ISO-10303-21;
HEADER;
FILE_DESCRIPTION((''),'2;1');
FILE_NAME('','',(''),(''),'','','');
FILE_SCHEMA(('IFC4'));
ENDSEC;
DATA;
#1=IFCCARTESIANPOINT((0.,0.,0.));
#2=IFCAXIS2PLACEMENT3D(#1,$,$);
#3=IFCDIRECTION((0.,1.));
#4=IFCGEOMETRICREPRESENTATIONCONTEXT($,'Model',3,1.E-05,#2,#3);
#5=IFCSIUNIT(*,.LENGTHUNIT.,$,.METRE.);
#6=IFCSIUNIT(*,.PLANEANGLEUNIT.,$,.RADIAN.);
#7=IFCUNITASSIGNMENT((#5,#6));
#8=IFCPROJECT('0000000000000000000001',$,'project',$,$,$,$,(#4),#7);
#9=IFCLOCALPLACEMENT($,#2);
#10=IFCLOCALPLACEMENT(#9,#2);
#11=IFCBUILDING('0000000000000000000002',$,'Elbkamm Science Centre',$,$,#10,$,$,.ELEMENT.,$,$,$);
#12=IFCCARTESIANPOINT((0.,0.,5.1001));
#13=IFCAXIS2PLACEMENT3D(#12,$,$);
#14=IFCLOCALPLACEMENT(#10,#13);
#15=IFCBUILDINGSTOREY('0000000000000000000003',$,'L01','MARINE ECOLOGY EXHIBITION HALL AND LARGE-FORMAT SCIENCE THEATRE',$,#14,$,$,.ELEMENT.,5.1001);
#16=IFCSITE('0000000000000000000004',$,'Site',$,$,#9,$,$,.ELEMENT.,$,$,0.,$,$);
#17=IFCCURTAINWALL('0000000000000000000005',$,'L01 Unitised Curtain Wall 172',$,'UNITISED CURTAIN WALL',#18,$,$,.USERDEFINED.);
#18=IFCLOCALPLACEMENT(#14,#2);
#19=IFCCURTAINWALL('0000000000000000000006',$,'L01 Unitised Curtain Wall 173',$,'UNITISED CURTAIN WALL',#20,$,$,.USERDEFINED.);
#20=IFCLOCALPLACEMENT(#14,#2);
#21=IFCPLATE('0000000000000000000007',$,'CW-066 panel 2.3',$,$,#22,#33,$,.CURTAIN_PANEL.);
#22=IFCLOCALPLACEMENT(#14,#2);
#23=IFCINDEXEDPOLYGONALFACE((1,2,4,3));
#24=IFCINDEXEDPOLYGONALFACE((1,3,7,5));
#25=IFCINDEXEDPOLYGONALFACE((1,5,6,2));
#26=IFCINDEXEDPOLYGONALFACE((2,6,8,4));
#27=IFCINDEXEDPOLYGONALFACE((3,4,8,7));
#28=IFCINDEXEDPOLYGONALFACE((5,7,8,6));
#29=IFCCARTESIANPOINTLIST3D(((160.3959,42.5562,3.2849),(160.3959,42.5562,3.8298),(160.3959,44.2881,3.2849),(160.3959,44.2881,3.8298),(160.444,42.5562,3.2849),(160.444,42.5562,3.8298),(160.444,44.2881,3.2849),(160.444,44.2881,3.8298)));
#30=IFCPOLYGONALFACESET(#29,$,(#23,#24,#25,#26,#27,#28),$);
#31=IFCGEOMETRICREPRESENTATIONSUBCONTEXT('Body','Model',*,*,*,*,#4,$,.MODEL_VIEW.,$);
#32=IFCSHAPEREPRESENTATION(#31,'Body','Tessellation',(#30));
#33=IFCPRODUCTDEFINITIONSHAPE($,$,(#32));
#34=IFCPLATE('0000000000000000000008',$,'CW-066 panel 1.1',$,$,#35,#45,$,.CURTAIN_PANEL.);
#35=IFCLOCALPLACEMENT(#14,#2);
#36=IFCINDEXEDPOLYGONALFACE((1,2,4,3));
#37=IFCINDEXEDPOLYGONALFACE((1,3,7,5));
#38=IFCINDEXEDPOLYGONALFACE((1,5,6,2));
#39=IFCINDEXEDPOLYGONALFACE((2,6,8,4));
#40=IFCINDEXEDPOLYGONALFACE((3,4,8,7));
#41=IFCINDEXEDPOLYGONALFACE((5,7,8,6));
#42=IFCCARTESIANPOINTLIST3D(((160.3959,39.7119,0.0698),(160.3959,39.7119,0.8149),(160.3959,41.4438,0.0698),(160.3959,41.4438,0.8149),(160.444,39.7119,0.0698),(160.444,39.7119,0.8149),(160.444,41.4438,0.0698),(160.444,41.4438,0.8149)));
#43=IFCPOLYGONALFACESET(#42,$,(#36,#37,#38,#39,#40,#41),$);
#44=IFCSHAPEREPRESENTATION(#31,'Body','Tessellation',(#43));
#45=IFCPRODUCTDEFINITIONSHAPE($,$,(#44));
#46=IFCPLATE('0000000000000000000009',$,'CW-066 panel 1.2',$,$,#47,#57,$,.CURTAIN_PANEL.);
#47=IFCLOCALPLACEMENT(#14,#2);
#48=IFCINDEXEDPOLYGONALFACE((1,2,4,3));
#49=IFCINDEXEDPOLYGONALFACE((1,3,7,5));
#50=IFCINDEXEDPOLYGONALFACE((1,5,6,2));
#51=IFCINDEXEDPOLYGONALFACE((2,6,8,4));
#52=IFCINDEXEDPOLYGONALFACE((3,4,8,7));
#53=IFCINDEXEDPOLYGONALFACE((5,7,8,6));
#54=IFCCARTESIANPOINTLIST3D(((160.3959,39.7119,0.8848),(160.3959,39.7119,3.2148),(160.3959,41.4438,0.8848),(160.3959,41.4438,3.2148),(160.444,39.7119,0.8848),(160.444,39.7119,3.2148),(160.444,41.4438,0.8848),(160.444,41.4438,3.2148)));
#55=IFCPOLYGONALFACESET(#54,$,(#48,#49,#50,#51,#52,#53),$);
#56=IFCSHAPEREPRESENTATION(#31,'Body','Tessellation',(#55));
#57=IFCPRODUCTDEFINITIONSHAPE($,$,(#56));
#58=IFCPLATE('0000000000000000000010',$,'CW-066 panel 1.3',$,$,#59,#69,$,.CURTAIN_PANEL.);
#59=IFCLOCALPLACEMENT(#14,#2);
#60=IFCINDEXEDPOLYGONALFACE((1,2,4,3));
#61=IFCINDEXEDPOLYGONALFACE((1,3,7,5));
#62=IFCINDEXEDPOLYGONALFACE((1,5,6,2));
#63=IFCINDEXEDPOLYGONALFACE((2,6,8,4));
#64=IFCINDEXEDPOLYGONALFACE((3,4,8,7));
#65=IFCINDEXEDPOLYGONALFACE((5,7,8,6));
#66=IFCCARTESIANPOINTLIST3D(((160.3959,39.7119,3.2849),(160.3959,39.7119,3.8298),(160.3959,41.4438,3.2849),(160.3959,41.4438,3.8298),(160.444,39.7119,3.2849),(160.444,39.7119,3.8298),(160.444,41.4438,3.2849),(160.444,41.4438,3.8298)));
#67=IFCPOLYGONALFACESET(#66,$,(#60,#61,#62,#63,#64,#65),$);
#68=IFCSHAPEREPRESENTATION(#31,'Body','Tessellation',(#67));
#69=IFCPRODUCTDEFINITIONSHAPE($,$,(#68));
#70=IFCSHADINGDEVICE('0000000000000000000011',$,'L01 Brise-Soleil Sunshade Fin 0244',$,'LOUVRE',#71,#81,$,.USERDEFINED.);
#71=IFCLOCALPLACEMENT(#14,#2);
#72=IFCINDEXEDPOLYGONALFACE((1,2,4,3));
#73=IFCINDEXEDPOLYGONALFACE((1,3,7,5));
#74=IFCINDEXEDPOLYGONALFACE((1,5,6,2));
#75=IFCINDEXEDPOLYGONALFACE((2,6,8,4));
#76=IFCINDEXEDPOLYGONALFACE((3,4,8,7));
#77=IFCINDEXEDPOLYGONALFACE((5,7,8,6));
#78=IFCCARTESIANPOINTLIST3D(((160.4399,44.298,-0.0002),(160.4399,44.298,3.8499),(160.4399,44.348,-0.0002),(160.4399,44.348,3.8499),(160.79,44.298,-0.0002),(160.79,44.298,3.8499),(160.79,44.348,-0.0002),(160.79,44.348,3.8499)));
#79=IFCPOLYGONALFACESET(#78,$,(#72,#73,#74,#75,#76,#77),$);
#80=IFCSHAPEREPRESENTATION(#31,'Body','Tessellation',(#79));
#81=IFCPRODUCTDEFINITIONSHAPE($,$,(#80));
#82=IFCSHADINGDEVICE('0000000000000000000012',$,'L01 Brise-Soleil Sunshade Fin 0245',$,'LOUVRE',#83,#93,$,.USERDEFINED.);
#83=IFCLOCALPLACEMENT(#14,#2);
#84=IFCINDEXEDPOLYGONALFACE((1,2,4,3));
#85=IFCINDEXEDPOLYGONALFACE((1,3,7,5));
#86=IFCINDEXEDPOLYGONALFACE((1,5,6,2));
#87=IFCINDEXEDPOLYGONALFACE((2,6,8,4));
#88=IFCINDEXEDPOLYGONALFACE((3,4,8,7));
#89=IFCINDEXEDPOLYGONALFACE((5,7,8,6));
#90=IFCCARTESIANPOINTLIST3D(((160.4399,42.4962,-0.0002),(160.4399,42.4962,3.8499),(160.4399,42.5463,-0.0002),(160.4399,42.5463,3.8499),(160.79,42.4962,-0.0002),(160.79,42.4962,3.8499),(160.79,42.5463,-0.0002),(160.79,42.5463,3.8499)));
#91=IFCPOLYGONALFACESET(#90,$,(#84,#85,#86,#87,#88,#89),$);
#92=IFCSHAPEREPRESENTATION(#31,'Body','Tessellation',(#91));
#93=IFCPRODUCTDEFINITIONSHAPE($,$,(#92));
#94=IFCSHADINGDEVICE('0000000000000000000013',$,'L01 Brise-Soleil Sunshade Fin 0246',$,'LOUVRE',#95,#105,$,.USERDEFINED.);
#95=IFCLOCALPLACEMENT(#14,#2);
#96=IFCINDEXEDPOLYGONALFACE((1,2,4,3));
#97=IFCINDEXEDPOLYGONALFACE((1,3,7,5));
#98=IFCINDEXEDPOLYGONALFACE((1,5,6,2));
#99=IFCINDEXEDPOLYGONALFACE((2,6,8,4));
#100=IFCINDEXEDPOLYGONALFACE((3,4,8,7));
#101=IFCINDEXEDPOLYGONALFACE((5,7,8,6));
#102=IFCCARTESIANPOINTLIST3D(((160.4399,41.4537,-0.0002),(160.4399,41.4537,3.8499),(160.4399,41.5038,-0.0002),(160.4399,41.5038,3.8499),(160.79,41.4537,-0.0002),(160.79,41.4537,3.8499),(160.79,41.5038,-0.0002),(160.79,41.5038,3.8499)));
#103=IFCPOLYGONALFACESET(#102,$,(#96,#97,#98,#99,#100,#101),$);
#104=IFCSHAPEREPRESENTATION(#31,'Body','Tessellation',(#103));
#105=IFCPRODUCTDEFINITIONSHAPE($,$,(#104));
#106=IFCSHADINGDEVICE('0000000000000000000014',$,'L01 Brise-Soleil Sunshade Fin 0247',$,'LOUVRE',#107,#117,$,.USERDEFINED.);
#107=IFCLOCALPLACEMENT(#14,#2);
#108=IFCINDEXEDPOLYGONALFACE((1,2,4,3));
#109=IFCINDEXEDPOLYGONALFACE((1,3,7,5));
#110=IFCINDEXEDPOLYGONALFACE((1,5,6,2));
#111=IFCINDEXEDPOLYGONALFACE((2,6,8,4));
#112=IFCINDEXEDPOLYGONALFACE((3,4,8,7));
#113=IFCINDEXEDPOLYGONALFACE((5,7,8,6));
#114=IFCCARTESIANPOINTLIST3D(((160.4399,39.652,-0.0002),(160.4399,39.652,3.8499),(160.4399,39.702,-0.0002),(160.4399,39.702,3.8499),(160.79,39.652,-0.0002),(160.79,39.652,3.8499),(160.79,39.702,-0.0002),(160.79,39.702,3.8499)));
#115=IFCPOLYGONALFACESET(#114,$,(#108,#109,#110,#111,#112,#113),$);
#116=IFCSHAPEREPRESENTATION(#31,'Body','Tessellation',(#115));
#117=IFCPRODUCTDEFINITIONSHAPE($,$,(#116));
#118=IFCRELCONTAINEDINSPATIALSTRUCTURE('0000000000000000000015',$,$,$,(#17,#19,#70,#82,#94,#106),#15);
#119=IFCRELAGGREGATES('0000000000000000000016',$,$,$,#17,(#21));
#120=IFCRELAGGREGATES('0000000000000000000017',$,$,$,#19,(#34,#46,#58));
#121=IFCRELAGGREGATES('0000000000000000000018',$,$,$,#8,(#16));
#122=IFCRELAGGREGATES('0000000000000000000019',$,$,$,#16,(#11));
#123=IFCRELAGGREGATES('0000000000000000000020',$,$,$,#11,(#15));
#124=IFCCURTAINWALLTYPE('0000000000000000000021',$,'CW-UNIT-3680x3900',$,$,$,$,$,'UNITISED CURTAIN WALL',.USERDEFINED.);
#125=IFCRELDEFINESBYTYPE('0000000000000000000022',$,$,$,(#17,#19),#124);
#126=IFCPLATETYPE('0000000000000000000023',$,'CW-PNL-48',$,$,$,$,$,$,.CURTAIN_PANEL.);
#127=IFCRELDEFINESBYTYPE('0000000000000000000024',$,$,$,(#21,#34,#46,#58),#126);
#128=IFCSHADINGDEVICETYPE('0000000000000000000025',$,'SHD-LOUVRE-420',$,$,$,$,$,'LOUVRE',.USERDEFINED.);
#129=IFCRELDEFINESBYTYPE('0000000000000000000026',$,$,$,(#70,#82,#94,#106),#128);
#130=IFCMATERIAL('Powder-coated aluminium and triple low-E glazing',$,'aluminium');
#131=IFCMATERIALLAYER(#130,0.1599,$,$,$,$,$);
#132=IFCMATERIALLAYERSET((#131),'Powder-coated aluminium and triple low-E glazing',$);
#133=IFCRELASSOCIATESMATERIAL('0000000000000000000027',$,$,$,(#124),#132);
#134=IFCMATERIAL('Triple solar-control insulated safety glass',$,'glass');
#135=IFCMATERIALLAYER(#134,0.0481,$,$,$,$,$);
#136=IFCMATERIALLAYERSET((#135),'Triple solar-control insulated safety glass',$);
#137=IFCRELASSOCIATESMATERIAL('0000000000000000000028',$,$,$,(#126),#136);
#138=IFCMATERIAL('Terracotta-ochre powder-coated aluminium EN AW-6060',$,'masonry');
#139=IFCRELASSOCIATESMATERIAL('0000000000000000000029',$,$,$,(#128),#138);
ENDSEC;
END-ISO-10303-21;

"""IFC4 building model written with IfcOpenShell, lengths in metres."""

from ifc_helpers import new_model, si_unit, direction, frame, origin, origin_2d, place, context, subcontext, project, spatial, rectangle, extrude, material, layer, layer_set, type_object, element, aggregate, save


model = new_model("IFC4")

# Units and contexts
model_context = context("Model", 3, precision=1e-05, world=origin(), true_north=direction((0.0, 1.0)))
body_context = subcontext(model_context, "Body", "Model", "MODEL_VIEW")
ifc_project = project(units=[si_unit("LENGTHUNIT", "METRE"), si_unit("PLANEANGLEUNIT", "RADIAN")], contexts=[model_context])

# Site, building, storey
site_placement = place(None, origin())
site = spatial("IfcSite", under=ifc_project, at=site_placement, Name="Site", CompositionType="ELEMENT", RefElevation=0.0)
building_placement = place(site_placement, origin())
building = spatial("IfcBuilding", under=site, at=building_placement, Name="Elbkamm Science Centre", CompositionType="ELEMENT")
storey_placement = place(building_placement, frame((0.0, 0.0, 5.1001)))
storey = spatial("IfcBuildingStorey", under=building, at=storey_placement, Name="L01", Description="MARINE ECOLOGY EXHIBITION HALL AND LARGE-FORMAT SCIENCE THEATRE", CompositionType="ELEMENT", Elevation=5.1001)

# Curtain wall
ifc_material_1 = material(Name="Powder-coated aluminium and triple low-E glazing", Category="aluminium")
ifc_layer_1 = layer(ifc_material_1, 0.1599)
ifc_layer_set_1 = layer_set([ifc_layer_1], Name="Powder-coated aluminium and triple low-E glazing")
curtain_wall_type = type_object("IfcCurtainWallType", Name="CW-UNIT-3680x3900", ElementType="UNITISED CURTAIN WALL", PredefinedType="USERDEFINED", material=ifc_layer_set_1)
curtain_wall_1_placement = place(storey_placement, origin())
curtain_wall_1 = element("IfcCurtainWall", 1, at=curtain_wall_1_placement, inside=storey, type_object=curtain_wall_type, Name="L01 Unitised Curtain Wall 172", ObjectType="UNITISED CURTAIN WALL", PredefinedType="USERDEFINED")

# Curtain wall
curtain_wall_2_placement = place(storey_placement, origin())
curtain_wall_2 = element("IfcCurtainWall", 2, at=curtain_wall_2_placement, inside=storey, type_object=curtain_wall_type, Name="L01 Unitised Curtain Wall 173", ObjectType="UNITISED CURTAIN WALL", PredefinedType="USERDEFINED")

# Plates
ifc_material_2 = material(Name="Triple solar-control insulated safety glass", Category="glass")
ifc_layer_2 = layer(ifc_material_2, 0.0481)
ifc_layer_set_2 = layer_set([ifc_layer_2], Name="Triple solar-control insulated safety glass")
plate_type = type_object("IfcPlateType", Name="CW-PNL-48", PredefinedType="CURTAIN_PANEL", material=ifc_layer_set_2)
plate_1_placement = place(storey_placement, frame((160.4199, 43.4221, 3.2849), z_axis=(0.0, 0.0, 1.0), x_axis=(0.0, -1.0, 0.0)))
plate_1 = element("IfcPlate", 3, at=plate_1_placement, type_object=plate_type, Name="CW-066 panel 2.3", PredefinedType="CURTAIN_PANEL", context=body_context, shape_type="SweptSolid", body=[
    extrude(rectangle(XDim=1.7319, YDim=0.0481, at=origin_2d()), origin(), (0.0, 0.0, 1.0), 0.5449),
])
aggregate(curtain_wall_1, [plate_1])
plate_2_placement = place(storey_placement, frame((160.4199, 40.5779, 0.0698), z_axis=(0.0, 0.0, 1.0), x_axis=(0.0, -1.0, 0.0)))
plate_2 = element("IfcPlate", 4, at=plate_2_placement, type_object=plate_type, Name="CW-066 panel 1.1", PredefinedType="CURTAIN_PANEL", context=body_context, shape_type="SweptSolid", body=[
    extrude(rectangle(XDim=1.7319, YDim=0.0481, at=origin_2d()), origin(), (0.0, 0.0, 1.0), 0.7451),
])
plate_3_placement = place(storey_placement, frame((160.4199, 40.5779, 0.8848), z_axis=(0.0, 0.0, 1.0), x_axis=(0.0, -1.0, 0.0)))
plate_3 = element("IfcPlate", 5, at=plate_3_placement, type_object=plate_type, Name="CW-066 panel 1.2", PredefinedType="CURTAIN_PANEL", context=body_context, shape_type="SweptSolid", body=[
    extrude(rectangle(XDim=1.7319, YDim=0.0481, at=origin_2d()), origin(), (0.0, 0.0, 1.0), 2.3301),
])
plate_4_placement = place(storey_placement, frame((160.4199, 40.5779, 3.2849), z_axis=(0.0, 0.0, 1.0), x_axis=(0.0, -1.0, 0.0)))
plate_4 = element("IfcPlate", 6, at=plate_4_placement, type_object=plate_type, Name="CW-066 panel 1.3", PredefinedType="CURTAIN_PANEL", context=body_context, shape_type="SweptSolid", body=[
    extrude(rectangle(XDim=1.7319, YDim=0.0481, at=origin_2d()), origin(), (0.0, 0.0, 1.0), 0.5449),
])
aggregate(curtain_wall_2, [plate_2, plate_3, plate_4])

# Shading devices
ifc_material_3 = material(Name="Terracotta-ochre powder-coated aluminium EN AW-6060", Category="masonry")
shading_device_type = type_object("IfcShadingDeviceType", Name="SHD-LOUVRE-420", ElementType="LOUVRE", PredefinedType="USERDEFINED", material=ifc_material_3)
for number, where, z_axis, x_axis, name in (
    (7, (160.615, 44.323, -0.0002), (0.0, 0.0, 1.0), (1.0, 0.0, 0.0), "L01 Brise-Soleil Sunshade Fin 0244"),
    (8, (160.615, 42.5212, -0.0002), (0.0, 0.0, 1.0), (1.0, 0.0, 0.0), "L01 Brise-Soleil Sunshade Fin 0245"),
    (9, (160.615, 41.4788, -0.0002), (0.0, 0.0, 1.0), (1.0, 0.0, 0.0), "L01 Brise-Soleil Sunshade Fin 0246"),
    (10, (160.615, 39.677, -0.0002), (0.0, 0.0, 1.0), (1.0, 0.0, 0.0), "L01 Brise-Soleil Sunshade Fin 0247"),
):
    element("IfcShadingDevice", number, at=place(storey_placement, frame(where, z_axis=z_axis, x_axis=x_axis)), inside=storey, type_object=shading_device_type, Name=name, ObjectType="LOUVRE", PredefinedType="USERDEFINED", context=body_context, shape_type="SweptSolid", body=[
        extrude(rectangle(XDim=0.3501, YDim=0.05, at=origin_2d()), origin(), (0.0, 0.0, 1.0), 3.8501),
    ])

save(model, "model.ifc")
